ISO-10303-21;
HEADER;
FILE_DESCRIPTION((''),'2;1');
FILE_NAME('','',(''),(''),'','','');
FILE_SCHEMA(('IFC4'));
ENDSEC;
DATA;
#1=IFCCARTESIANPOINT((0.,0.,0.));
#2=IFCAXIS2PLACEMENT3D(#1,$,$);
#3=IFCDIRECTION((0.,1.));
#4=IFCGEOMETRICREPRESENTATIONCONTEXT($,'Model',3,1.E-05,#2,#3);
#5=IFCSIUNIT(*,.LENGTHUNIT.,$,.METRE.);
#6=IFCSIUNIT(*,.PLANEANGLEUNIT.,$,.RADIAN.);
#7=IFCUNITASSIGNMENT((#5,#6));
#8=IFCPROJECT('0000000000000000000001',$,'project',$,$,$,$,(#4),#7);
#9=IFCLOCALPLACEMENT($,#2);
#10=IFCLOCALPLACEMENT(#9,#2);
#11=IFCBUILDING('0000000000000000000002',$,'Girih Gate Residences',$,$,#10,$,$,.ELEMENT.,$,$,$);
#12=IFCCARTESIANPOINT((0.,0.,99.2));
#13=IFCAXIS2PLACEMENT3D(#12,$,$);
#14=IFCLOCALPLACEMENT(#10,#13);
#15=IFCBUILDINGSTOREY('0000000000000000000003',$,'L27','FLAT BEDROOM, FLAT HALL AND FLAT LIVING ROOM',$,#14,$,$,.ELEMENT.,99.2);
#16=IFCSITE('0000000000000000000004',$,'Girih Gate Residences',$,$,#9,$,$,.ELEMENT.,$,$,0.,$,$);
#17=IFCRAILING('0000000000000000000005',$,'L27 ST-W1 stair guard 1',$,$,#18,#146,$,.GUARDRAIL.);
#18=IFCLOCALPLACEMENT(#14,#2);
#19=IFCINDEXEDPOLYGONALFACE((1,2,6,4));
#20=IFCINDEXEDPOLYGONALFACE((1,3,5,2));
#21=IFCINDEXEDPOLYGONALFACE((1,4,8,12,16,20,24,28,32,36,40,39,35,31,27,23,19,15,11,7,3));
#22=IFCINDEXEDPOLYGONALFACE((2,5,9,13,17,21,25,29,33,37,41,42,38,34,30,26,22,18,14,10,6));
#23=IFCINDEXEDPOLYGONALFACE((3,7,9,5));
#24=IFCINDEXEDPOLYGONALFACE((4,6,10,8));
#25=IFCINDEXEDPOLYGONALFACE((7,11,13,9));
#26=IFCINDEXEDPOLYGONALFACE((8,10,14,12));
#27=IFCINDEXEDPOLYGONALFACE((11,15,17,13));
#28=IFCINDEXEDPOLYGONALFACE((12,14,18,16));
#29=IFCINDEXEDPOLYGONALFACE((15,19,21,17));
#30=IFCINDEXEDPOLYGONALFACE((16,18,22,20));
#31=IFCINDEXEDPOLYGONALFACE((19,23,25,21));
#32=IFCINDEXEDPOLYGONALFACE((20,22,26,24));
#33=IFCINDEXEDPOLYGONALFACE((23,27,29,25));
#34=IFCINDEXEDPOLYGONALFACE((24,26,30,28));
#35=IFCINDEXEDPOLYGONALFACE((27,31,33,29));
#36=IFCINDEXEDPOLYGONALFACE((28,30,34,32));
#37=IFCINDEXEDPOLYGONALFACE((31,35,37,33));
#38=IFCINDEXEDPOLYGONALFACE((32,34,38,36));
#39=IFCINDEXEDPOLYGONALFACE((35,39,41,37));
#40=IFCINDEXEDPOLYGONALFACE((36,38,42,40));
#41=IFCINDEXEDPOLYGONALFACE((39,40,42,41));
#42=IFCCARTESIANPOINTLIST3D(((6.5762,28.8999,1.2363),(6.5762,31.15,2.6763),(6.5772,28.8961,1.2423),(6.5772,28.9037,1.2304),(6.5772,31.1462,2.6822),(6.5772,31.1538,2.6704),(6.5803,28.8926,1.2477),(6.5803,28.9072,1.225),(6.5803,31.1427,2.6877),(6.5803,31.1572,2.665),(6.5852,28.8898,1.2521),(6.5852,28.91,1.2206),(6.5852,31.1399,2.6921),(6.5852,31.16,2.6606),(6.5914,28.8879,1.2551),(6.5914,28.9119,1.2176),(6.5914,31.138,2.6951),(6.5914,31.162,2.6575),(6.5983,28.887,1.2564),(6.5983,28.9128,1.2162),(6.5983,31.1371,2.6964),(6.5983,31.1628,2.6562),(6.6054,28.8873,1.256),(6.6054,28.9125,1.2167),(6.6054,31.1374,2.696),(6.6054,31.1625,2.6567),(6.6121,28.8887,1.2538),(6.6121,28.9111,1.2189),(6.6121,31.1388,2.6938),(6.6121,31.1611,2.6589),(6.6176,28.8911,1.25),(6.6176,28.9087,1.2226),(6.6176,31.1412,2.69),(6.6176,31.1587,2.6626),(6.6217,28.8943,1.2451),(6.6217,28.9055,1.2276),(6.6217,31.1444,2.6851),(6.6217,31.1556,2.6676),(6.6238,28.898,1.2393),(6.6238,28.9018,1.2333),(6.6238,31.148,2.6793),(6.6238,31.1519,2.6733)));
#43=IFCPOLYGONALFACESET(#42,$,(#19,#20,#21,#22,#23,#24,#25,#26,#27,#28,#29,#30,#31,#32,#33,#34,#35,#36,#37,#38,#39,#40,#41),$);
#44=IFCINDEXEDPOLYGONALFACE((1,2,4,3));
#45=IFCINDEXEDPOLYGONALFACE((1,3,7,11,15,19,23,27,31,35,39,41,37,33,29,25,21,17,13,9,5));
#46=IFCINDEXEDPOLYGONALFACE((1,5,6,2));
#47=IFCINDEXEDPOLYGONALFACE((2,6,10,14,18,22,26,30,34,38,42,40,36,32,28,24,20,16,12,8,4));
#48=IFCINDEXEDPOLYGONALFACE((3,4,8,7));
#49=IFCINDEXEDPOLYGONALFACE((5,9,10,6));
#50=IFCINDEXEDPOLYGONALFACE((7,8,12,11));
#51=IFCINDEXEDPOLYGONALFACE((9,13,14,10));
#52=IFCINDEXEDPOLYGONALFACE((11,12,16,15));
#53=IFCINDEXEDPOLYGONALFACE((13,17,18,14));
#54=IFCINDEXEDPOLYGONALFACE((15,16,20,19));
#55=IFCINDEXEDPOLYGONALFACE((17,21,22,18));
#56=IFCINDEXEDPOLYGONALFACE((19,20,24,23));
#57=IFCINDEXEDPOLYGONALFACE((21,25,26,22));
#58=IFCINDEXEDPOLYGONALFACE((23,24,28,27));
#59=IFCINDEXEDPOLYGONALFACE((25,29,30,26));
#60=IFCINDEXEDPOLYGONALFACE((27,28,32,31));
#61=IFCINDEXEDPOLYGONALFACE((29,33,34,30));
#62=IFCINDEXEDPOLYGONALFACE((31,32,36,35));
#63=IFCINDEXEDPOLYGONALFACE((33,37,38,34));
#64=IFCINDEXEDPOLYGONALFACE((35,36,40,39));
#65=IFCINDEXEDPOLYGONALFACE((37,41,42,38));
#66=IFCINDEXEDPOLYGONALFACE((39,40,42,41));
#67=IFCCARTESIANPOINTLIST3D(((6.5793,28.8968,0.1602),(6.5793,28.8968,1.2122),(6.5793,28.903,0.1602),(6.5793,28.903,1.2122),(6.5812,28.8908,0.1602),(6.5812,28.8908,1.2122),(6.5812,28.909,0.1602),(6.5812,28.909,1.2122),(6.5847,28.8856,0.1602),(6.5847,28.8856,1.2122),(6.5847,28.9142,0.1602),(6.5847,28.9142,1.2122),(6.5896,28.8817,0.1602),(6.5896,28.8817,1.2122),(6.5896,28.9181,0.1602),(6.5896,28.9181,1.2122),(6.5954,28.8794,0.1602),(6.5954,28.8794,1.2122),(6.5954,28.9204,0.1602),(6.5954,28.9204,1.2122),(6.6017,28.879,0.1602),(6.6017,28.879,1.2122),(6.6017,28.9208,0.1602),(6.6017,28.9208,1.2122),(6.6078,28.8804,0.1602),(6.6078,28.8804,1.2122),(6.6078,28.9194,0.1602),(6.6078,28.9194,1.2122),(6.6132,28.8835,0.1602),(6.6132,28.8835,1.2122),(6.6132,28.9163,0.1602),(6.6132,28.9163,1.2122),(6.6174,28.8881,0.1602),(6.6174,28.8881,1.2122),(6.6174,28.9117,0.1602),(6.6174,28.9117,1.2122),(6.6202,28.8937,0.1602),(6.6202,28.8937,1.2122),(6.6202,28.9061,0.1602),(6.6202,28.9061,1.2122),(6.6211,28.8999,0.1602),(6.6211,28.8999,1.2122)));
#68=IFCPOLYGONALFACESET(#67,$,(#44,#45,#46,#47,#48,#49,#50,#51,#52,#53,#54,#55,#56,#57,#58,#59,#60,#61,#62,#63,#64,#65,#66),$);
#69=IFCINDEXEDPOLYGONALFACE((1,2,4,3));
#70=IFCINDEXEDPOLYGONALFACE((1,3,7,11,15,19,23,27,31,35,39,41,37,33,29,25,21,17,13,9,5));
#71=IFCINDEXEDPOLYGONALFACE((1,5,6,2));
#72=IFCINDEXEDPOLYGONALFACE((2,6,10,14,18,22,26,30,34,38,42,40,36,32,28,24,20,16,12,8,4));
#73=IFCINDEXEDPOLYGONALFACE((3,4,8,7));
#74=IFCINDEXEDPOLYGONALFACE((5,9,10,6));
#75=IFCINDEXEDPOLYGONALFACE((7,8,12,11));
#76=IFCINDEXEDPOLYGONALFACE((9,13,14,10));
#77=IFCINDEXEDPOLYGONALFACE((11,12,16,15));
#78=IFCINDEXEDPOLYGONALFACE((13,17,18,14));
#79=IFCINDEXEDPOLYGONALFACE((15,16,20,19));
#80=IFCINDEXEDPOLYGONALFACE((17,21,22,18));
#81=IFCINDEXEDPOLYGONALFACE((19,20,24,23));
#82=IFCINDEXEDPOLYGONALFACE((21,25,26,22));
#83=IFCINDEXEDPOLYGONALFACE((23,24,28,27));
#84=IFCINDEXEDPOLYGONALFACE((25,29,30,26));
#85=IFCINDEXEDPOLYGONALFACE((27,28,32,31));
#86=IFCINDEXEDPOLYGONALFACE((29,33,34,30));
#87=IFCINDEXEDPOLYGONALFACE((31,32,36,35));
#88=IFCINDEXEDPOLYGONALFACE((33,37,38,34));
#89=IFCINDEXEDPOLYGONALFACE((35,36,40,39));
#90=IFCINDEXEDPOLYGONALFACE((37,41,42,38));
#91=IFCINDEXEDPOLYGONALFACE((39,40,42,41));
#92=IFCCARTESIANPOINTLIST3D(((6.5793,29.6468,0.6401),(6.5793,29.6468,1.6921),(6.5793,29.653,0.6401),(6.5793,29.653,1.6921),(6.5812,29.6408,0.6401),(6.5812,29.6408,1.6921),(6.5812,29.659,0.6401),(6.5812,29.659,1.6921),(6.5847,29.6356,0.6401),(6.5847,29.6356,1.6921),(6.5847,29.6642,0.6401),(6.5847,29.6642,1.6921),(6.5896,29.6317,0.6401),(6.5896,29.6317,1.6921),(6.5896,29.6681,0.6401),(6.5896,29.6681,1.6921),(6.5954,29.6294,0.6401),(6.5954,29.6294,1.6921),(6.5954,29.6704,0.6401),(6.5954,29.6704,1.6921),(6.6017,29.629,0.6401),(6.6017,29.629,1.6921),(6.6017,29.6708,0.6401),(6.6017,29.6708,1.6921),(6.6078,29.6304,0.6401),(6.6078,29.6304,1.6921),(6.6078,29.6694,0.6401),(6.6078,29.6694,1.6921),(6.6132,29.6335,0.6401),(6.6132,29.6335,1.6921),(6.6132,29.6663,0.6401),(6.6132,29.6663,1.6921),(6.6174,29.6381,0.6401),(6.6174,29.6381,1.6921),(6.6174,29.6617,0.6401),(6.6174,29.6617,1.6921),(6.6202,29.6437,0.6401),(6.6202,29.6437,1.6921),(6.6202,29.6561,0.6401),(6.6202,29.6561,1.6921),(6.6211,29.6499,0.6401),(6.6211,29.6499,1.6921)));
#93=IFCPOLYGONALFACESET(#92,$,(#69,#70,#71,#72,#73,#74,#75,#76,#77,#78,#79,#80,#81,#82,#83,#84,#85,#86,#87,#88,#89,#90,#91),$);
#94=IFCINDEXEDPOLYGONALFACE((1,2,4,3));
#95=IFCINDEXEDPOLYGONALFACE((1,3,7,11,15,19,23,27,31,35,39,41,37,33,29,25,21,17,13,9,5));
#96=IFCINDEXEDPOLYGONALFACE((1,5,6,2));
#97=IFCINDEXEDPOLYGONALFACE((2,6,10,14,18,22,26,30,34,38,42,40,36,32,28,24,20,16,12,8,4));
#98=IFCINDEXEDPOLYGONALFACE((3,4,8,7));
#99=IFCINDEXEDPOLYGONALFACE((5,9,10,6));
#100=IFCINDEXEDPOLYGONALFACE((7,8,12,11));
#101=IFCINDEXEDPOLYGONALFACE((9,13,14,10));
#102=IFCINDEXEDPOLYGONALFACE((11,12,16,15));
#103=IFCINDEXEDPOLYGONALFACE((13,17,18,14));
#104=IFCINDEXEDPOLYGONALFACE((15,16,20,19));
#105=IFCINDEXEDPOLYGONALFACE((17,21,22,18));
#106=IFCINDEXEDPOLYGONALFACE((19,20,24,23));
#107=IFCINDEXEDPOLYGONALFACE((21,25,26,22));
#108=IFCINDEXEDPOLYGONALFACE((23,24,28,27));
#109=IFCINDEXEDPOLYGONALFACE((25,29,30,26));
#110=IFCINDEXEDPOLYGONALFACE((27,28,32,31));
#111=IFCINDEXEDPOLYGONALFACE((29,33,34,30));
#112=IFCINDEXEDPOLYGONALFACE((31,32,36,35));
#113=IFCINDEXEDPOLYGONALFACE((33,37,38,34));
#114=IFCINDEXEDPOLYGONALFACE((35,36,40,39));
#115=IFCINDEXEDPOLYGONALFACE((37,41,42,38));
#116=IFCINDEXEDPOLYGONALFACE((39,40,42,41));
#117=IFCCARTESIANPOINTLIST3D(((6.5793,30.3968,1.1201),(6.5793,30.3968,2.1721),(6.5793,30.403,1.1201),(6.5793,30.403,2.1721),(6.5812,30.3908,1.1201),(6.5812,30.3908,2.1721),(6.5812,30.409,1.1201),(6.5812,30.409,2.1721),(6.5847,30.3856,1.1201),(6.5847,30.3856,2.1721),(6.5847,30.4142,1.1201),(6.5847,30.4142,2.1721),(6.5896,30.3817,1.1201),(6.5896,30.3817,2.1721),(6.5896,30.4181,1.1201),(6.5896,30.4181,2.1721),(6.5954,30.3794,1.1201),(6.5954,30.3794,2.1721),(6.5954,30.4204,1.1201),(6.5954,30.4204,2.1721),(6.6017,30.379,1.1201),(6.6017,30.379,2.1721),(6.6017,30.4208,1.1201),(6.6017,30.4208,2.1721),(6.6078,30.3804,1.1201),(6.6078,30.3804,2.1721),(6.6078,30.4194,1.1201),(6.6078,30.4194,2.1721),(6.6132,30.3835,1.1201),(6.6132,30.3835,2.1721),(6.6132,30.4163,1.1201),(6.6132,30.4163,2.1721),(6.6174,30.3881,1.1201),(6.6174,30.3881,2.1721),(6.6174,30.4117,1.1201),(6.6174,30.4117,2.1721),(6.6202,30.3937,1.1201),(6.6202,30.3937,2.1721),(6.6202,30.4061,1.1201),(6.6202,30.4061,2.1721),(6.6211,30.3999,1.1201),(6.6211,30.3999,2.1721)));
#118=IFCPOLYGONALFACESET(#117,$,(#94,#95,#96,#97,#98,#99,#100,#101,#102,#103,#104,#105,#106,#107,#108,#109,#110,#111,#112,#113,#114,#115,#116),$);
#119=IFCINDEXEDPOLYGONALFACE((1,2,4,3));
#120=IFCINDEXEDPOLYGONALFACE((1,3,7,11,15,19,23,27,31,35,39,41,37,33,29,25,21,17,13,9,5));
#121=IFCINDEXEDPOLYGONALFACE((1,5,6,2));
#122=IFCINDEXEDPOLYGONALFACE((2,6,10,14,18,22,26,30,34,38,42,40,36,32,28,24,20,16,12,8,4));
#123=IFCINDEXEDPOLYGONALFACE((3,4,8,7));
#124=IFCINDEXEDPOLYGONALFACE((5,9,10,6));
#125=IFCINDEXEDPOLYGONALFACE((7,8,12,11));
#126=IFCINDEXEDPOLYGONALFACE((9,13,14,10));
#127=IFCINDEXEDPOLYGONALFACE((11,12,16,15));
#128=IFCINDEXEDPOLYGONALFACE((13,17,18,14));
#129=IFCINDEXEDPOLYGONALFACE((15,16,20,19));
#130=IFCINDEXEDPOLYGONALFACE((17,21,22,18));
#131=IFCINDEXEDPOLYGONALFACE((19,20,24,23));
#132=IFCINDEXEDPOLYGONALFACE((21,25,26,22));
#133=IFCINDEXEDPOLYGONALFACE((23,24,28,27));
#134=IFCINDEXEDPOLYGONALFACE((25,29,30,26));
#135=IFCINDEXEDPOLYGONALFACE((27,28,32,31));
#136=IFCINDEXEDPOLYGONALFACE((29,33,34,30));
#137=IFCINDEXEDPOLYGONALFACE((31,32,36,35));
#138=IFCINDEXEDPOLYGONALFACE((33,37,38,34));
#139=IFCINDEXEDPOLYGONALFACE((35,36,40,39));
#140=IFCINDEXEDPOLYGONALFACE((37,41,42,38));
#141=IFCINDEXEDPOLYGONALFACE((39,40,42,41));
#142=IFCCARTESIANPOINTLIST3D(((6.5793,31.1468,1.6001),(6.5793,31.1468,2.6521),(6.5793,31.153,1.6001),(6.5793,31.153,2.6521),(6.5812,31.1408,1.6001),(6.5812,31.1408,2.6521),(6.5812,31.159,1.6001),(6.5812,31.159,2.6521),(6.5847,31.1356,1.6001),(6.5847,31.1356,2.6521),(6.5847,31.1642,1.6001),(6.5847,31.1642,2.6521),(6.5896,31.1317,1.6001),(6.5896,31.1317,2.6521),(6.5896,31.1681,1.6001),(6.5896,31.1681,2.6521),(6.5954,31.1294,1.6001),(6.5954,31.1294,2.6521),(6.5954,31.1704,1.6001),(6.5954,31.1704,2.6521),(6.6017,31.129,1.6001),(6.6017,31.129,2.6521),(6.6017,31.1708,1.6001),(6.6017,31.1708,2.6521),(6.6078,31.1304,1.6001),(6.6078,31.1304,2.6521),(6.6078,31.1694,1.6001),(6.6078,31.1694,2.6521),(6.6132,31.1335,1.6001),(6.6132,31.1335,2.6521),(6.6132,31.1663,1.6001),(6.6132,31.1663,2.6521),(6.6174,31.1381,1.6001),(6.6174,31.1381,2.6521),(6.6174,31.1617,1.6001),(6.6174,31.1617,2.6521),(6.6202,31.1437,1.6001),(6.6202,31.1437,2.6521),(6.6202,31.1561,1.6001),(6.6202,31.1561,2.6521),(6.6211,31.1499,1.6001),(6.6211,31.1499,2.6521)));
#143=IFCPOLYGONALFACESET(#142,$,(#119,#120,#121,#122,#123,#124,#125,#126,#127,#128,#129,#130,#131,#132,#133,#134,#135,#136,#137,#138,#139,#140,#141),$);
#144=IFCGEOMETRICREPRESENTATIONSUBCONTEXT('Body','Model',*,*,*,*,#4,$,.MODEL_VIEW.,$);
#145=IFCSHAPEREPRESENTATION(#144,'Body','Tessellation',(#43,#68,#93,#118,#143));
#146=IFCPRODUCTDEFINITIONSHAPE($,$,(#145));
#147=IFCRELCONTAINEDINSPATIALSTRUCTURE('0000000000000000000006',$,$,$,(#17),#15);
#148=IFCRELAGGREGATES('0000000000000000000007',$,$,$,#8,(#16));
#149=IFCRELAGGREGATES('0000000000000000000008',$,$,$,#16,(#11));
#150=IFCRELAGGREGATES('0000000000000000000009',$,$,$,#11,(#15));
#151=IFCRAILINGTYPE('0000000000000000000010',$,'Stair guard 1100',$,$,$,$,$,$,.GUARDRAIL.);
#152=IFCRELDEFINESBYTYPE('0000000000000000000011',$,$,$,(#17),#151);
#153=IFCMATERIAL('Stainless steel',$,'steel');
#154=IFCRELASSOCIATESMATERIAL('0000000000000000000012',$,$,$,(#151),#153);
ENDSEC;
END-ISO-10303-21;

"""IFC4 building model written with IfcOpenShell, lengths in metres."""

from ifc_helpers import new_model, si_unit, direction, frame, origin, origin_2d, place, context, subcontext, project, spatial, circle, extrude, material, type_object, element, save


model = new_model("IFC4")

# Units and contexts
model_context = context("Model", 3, precision=1e-05, world=origin(), true_north=direction((0.0, 1.0)))
body_context = subcontext(model_context, "Body", "Model", "MODEL_VIEW")
ifc_project = project(units=[si_unit("LENGTHUNIT", "METRE"), si_unit("PLANEANGLEUNIT", "RADIAN")], contexts=[model_context])

# Site, building, storey
site_placement = place(None, origin())
site = spatial("IfcSite", under=ifc_project, at=site_placement, Name="Girih Gate Residences", CompositionType="ELEMENT", RefElevation=0.0)
building_placement = place(site_placement, origin())
building = spatial("IfcBuilding", under=site, at=building_placement, Name="Girih Gate Residences", CompositionType="ELEMENT")
storey_placement = place(building_placement, frame((0.0, 0.0, 99.2)))
storey = spatial("IfcBuildingStorey", under=building, at=storey_placement, Name="L27", Description="FLAT BEDROOM, FLAT HALL AND FLAT LIVING ROOM", CompositionType="ELEMENT", Elevation=99.2)

# Railing
ifc_material_1 = material(Name="Stainless steel", Category="steel")
railing_type_1 = type_object("IfcRailingType", Name="Stair guard 1100", PredefinedType="GUARDRAIL", material=ifc_material_1)
railing_1_placement = place(storey_placement, frame((6.6001, 28.8999, 0.1602)))
element("IfcRailing", 1, at=railing_1_placement, inside=storey, type_object=railing_type_1, Name="L27 ST-W1 stair guard 1", PredefinedType="GUARDRAIL", context=body_context, shape_type="SweptSolid", body=[
    extrude(circle(Radius=0.0239, at=origin_2d()), frame((0.0, 0.0, 1.0762), z_axis=(0.0, 0.842281, 0.539038), x_axis=(-1.0, 0.0, 0.0)), (0.0, 0.0, 1.0), 2.6714),
    extrude(circle(Radius=0.021, at=origin_2d()), origin(), (0.0, 0.0, 1.0), 1.052),
    extrude(circle(Radius=0.021, at=origin_2d()), frame((0.0, 0.75, 0.48)), (0.0, 0.0, 1.0), 1.052),
    extrude(circle(Radius=0.021, at=origin_2d()), frame((0.0, 1.5, 0.96)), (0.0, 0.0, 1.0), 1.052),
    extrude(circle(Radius=0.021, at=origin_2d()), frame((0.0, 2.25, 1.4399)), (0.0, 0.0, 1.0), 1.052),
])

save(model, "model.ifc")
